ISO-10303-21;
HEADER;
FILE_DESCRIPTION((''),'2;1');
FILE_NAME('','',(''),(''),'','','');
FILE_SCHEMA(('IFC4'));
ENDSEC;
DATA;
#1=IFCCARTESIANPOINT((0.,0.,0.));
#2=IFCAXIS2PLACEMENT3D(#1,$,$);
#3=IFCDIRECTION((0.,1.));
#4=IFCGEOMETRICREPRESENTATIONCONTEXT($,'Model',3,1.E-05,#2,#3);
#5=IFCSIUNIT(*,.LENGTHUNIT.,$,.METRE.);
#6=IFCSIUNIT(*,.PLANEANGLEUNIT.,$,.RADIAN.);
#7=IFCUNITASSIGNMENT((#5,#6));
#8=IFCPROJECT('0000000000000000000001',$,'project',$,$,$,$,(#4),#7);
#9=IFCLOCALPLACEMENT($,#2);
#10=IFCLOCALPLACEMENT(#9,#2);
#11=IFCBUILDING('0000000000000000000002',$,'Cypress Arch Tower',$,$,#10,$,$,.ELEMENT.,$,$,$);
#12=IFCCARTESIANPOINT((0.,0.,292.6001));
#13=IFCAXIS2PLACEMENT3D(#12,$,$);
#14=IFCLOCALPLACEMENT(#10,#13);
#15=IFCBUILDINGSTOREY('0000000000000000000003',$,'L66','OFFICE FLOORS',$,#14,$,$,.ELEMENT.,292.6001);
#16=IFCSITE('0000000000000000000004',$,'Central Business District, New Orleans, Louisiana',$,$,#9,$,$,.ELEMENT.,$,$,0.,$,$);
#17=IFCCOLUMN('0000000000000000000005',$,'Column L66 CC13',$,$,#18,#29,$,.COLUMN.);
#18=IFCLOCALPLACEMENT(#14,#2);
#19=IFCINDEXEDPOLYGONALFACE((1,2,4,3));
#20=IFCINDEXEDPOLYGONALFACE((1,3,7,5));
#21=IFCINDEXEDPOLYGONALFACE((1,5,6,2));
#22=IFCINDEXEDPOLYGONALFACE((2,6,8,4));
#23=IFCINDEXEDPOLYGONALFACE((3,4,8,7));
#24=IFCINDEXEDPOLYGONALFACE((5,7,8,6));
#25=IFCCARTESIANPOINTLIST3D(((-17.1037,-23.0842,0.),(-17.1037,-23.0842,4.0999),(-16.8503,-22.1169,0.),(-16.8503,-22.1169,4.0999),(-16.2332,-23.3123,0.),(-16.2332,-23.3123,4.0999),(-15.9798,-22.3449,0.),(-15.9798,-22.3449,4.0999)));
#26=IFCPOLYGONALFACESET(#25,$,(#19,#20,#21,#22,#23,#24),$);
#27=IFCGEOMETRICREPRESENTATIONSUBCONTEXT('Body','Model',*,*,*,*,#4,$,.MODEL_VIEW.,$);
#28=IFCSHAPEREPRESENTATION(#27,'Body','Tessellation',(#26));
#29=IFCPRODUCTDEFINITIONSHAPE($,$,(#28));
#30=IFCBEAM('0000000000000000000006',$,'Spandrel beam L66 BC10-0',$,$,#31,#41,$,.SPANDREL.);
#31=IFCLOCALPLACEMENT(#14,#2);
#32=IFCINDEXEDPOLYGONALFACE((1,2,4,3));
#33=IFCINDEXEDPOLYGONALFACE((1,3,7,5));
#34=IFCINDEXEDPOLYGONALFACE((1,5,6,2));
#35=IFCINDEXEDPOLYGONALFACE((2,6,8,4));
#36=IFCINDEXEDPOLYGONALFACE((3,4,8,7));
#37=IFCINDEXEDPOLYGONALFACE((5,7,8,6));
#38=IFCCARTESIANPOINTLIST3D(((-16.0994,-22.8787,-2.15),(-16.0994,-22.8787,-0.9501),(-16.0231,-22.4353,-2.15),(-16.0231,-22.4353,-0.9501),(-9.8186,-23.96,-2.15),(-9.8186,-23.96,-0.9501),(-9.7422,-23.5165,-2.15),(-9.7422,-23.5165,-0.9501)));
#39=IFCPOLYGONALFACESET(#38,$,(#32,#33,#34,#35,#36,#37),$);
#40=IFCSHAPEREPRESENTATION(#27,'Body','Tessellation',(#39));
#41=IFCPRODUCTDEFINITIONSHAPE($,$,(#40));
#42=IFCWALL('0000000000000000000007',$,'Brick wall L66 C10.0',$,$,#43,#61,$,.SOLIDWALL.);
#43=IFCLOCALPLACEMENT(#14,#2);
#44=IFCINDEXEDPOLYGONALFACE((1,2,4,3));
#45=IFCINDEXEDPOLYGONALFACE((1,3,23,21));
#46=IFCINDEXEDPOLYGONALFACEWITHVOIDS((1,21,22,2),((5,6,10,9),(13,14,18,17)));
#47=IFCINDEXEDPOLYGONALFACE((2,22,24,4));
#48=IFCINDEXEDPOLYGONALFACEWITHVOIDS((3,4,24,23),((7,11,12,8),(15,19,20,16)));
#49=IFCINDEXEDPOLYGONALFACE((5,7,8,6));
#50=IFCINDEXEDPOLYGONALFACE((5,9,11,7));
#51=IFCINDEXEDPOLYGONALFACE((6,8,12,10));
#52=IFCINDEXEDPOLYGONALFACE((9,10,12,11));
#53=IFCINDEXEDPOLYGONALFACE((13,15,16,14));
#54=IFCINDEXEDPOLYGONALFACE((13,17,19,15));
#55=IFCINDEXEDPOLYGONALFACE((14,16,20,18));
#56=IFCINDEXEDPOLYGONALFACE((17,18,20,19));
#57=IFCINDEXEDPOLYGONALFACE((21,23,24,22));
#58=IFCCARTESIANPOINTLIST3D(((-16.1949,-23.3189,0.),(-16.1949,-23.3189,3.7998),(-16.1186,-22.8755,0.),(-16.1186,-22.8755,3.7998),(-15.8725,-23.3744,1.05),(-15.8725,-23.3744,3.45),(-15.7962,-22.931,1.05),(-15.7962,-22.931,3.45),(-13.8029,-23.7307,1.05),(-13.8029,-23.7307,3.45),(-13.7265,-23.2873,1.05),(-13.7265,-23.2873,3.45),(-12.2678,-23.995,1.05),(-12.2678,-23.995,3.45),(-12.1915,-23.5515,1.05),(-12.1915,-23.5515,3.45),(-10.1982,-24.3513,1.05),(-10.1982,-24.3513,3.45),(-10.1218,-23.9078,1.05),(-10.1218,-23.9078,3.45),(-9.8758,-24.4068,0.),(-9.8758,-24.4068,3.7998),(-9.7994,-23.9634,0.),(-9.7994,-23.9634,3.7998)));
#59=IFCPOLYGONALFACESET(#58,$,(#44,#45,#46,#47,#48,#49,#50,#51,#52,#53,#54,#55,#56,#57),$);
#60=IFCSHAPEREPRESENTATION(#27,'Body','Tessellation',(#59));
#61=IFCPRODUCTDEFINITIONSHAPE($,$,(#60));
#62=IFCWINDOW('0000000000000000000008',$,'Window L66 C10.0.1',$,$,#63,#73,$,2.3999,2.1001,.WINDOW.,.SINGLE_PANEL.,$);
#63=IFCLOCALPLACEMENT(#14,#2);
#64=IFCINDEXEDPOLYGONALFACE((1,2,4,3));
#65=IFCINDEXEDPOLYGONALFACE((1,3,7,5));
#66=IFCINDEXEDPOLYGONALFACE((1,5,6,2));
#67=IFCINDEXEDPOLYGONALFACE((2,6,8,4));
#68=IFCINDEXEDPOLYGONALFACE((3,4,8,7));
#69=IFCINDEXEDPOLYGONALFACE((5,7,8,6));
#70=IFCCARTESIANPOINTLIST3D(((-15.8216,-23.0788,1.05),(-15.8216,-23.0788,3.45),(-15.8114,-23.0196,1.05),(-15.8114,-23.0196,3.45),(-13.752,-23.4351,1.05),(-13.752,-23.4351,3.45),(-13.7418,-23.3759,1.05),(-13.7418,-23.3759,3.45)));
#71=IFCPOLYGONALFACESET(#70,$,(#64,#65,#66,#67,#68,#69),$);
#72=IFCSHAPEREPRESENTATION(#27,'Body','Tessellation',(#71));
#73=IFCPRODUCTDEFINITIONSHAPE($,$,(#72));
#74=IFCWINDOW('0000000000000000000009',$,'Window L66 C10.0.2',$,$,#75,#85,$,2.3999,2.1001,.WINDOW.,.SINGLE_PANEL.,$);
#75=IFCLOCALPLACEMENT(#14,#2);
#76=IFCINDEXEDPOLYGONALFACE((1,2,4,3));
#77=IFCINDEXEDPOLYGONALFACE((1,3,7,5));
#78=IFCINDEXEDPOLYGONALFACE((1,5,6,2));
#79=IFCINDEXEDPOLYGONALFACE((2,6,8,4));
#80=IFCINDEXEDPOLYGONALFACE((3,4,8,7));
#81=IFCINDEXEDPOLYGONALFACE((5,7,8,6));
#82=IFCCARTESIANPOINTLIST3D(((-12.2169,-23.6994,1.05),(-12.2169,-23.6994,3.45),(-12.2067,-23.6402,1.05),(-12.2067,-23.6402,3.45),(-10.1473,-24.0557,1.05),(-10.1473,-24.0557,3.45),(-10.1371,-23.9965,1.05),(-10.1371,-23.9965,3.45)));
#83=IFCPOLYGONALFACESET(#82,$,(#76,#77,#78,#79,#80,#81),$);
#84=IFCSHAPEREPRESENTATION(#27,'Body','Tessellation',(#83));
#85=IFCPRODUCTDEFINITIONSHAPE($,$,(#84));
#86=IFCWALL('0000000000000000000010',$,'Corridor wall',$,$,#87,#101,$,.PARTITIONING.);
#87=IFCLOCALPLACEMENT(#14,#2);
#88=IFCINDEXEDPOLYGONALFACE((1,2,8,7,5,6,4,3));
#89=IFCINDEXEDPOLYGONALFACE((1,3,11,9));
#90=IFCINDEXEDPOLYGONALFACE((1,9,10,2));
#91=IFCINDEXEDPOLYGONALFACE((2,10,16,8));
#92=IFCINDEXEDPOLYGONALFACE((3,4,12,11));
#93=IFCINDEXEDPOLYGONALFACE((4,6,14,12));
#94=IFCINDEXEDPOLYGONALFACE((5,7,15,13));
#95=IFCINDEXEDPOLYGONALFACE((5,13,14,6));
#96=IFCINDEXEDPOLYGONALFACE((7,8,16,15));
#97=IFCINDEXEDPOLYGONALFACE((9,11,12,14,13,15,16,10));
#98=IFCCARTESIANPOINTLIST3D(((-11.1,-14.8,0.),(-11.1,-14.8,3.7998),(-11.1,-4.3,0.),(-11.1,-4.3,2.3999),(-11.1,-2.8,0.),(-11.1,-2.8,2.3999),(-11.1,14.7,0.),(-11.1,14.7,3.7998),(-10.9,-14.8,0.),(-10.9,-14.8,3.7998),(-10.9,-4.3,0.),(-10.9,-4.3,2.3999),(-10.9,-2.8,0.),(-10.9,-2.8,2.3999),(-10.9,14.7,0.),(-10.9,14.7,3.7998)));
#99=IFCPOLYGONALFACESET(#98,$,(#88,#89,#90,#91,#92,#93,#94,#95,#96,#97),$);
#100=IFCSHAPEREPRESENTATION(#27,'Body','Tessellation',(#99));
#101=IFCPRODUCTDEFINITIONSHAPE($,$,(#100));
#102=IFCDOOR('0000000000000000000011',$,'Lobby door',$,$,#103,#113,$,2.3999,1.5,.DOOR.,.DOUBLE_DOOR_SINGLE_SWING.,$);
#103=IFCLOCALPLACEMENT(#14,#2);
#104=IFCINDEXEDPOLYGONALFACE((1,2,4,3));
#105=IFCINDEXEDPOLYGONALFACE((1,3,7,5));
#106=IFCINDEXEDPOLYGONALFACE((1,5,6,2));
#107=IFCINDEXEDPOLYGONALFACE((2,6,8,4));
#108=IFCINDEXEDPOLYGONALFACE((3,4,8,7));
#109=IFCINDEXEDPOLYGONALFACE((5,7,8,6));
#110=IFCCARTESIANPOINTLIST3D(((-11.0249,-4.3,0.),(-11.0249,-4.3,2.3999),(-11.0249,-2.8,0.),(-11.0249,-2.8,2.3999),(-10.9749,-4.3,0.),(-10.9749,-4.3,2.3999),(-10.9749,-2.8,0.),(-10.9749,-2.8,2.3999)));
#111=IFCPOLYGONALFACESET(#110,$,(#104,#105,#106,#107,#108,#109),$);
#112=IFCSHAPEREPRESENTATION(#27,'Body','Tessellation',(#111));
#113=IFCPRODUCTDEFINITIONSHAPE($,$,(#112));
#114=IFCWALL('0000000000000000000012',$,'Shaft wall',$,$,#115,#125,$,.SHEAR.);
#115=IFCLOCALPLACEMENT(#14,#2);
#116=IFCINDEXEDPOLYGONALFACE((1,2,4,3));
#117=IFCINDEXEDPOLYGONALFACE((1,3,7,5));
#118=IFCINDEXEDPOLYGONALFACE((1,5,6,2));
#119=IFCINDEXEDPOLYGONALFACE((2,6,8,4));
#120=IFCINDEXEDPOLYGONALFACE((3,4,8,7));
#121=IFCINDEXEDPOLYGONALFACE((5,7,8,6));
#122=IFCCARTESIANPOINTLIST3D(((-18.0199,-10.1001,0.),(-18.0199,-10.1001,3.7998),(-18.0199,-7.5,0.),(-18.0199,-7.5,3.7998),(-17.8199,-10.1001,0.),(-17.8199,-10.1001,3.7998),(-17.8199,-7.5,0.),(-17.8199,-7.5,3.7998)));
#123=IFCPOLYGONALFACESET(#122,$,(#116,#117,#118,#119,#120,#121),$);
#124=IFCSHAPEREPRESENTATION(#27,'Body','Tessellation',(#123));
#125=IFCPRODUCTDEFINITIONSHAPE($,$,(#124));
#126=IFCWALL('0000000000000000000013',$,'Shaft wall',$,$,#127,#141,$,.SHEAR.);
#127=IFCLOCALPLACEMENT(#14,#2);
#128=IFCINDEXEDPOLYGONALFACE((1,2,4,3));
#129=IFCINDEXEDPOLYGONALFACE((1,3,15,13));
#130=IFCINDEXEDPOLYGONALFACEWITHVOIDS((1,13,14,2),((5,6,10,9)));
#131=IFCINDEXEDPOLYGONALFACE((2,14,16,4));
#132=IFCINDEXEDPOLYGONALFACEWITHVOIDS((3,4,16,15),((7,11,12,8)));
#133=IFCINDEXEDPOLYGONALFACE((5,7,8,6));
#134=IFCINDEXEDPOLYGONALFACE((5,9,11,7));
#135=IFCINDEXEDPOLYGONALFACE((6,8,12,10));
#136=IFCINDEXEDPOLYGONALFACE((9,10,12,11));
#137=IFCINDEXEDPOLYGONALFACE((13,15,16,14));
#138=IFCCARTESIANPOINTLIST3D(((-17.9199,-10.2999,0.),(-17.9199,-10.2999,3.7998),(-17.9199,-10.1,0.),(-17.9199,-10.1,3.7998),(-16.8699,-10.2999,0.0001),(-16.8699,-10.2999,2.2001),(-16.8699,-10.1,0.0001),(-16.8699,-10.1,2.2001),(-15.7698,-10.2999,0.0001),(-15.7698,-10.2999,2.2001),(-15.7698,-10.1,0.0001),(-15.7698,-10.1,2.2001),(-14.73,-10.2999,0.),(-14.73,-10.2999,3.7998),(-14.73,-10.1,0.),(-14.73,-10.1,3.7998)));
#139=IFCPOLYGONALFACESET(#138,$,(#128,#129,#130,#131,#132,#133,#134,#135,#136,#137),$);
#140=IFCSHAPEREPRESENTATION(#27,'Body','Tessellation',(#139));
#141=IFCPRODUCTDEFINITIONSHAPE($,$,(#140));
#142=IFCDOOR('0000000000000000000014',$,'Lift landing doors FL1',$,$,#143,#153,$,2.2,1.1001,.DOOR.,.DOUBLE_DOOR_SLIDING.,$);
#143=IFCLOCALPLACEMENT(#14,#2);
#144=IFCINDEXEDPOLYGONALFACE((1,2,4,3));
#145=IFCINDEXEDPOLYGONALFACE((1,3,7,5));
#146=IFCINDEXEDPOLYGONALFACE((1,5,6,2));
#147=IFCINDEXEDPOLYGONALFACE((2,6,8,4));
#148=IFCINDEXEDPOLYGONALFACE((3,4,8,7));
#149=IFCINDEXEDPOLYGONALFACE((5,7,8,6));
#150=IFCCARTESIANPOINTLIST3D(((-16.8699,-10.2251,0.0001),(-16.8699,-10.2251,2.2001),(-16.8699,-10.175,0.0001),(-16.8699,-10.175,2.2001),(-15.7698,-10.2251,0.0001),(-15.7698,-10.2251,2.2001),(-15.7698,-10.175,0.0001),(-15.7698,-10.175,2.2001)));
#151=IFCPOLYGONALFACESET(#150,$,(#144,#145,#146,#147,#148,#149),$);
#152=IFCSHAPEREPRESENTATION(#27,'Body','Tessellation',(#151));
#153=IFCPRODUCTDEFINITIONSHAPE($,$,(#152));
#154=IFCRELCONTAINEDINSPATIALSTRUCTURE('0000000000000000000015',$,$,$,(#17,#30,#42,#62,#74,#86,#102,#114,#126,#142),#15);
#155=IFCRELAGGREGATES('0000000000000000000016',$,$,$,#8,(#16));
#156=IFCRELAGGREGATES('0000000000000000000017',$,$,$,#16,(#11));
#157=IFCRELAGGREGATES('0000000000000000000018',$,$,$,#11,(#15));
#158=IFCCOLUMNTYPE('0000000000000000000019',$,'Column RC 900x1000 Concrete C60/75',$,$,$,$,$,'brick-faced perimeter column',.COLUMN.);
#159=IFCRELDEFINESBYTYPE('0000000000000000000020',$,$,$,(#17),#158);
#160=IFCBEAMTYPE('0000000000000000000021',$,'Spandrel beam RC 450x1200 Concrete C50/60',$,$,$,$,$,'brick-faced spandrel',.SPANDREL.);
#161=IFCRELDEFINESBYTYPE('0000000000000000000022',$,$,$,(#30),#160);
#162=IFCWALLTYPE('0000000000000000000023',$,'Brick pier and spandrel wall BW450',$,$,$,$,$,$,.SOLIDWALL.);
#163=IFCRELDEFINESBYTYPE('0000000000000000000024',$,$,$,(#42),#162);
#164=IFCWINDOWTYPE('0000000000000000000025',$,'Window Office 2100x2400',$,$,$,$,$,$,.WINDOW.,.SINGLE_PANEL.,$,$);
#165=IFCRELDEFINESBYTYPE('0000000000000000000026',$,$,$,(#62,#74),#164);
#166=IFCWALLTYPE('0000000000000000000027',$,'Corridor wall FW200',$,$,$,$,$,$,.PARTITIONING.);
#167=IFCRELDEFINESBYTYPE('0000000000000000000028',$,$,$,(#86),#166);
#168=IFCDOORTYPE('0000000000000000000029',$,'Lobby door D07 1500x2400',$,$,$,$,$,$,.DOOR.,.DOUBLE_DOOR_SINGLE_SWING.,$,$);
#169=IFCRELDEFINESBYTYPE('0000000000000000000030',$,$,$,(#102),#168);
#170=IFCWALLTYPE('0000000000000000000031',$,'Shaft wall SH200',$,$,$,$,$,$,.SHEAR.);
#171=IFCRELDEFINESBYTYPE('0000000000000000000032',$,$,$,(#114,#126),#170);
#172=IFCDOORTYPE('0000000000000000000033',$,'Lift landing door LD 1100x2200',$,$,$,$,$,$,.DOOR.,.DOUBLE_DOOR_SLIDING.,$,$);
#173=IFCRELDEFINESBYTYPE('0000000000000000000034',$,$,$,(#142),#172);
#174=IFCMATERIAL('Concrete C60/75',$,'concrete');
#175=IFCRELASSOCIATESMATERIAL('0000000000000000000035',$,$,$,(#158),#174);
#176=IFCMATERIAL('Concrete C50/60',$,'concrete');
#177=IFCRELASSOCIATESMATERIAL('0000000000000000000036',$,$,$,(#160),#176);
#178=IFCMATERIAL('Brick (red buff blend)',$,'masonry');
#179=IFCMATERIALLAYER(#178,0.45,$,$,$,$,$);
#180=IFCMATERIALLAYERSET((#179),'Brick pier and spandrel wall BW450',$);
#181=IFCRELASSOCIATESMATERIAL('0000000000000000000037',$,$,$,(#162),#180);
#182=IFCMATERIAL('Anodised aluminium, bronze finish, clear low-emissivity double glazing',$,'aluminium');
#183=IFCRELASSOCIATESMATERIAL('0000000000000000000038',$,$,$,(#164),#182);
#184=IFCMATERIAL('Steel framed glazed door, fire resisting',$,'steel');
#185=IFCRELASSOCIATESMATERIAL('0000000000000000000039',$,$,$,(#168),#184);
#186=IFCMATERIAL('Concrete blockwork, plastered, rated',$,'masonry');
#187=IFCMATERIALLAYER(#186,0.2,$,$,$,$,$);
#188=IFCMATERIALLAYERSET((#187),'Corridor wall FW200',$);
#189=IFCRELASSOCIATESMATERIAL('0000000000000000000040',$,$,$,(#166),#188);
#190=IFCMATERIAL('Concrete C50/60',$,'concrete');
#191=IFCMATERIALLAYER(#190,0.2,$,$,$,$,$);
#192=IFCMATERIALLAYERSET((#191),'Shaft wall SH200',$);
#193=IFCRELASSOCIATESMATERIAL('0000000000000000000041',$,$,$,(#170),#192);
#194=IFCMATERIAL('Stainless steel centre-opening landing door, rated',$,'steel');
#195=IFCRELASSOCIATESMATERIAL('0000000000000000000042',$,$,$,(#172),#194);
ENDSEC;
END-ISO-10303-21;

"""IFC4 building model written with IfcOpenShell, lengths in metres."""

from ifc_helpers import new_model, si_unit, direction, frame, frame_2d, origin, origin_2d, place, context, subcontext, project, spatial, rectangle, extrude, material, layer, layer_set, material_profile, profile_set, type_object, element, fill, save


model = new_model("IFC4")

# Units and contexts
model_context = context("Model", 3, precision=1e-05, world=origin(), true_north=direction((0.0, 1.0)))
body_context = subcontext(model_context, "Body", "Model", "MODEL_VIEW")
ifc_project = project(units=[si_unit("LENGTHUNIT", "METRE"), si_unit("PLANEANGLEUNIT", "RADIAN")], contexts=[model_context])

# Site, building, storey
site_placement = place(None, origin())
site = spatial("IfcSite", under=ifc_project, at=site_placement, Name="Central Business District, New Orleans, Louisiana", CompositionType="ELEMENT", RefElevation=0.0)
building_placement = place(site_placement, origin())
building = spatial("IfcBuilding", under=site, at=building_placement, Name="Cypress Arch Tower", CompositionType="ELEMENT")
storey_placement = place(building_placement, frame((0.0, 0.0, 292.6001)))
storey = spatial("IfcBuildingStorey", under=building, at=storey_placement, Name="L66", Description="OFFICE FLOORS", CompositionType="ELEMENT", Elevation=292.6001)

# Column
ifc_material_1 = material(Name="Concrete C60/75", Category="concrete")
ifc_material_profile_1 = material_profile(ifc_material_1, rectangle(XDim=0.8999, YDim=1.0, at=origin_2d()), Name="RC 900x1000")
ifc_profile_set_1 = profile_set([ifc_material_profile_1], Name="Concrete C60/75")
column_type = type_object("IfcColumnType", Name="Column RC 900x1000 Concrete C60/75", ElementType="brick-faced perimeter column", PredefinedType="COLUMN", material=ifc_profile_set_1)
column_placement = place(storey_placement, frame((-16.5417, -22.7146, 0.0), z_axis=(0.0, 0.0, 1.0), x_axis=(0.967356, -0.253422, 0.0)))
element("IfcColumn", 1, at=column_placement, inside=storey, type_object=column_type, Name="Column L66 CC13", PredefinedType="COLUMN", context=body_context, shape_type="SweptSolid", body=[
    extrude(rectangle(XDim=0.8999, YDim=1.0, at=origin_2d()), origin(), (0.0, 0.0, 1.0), 4.0999),
])

# Beam
ifc_material_2 = material(Name="Concrete C50/60", Category="concrete")
ifc_material_profile_2 = material_profile(ifc_material_2, rectangle(XDim=0.45, YDim=1.2, at=origin_2d()), Name="RC 450x1200")
ifc_profile_set_2 = profile_set([ifc_material_profile_2], Name="Concrete C50/60")
beam_type = type_object("IfcBeamType", Name="Spandrel beam RC 450x1200 Concrete C50/60", ElementType="brick-faced spandrel", PredefinedType="SPANDREL", material=ifc_profile_set_2)
beam_placement = place(storey_placement, frame((-16.0613, -22.657, -1.55), z_axis=(0.985503, -0.169658, 0.0), x_axis=(0.169658, 0.985503, 0.0)))
element("IfcBeam", 2, at=beam_placement, inside=storey, type_object=beam_type, Name="Spandrel beam L66 BC10-0", PredefinedType="SPANDREL", context=body_context, shape_type="SweptSolid", body=[
    extrude(rectangle(XDim=0.45, YDim=1.2, at=origin_2d()), origin(), (0.0, 0.0, 1.0), 6.3733),
])

# Wall, openings, windows
ifc_material_3 = material(Name="Brick (red buff blend)", Category="masonry")
ifc_layer_1 = layer(ifc_material_3, 0.45)
ifc_layer_set_1 = layer_set([ifc_layer_1], Name="Brick pier and spandrel wall BW450")
wall_type_1 = type_object("IfcWallType", Name="Brick pier and spandrel wall BW450", PredefinedType="SOLIDWALL", material=ifc_layer_set_1)
wall_1_placement = place(storey_placement, frame((-16.1567, -23.0972, 0.0), z_axis=(0.0, 0.0, 1.0), x_axis=(0.985502, -0.169663, 0.0)))
wall_1 = element("IfcWall", 3, at=wall_1_placement, inside=storey, type_object=wall_type_1, Name="Brick wall L66 C10.0", PredefinedType="SOLIDWALL", context=body_context, shape_type="SweptSolid", body=[
    extrude(rectangle(XDim=6.4121, YDim=0.45, at=frame_2d((3.2061, 0.0))), origin(), (0.0, 0.0, 1.0), 3.7998),
])
opening_1_placement = place(wall_1_placement, frame((0.3271, 0.0, 1.05)))
opening_1 = element("IfcOpeningElement", 4, at=opening_1_placement, cuts=wall_1, PredefinedType="OPENING", context=body_context, shape_type="SweptSolid", body=[
    extrude(rectangle(XDim=2.1001, YDim=2.3999, at=frame_2d((1.05, 1.2))), frame((0.0, 0.2349, 0.0), z_axis=(0.0, -1.0, 0.0), x_axis=(1.0, 0.0, 0.0)), (0.0, 0.0, 1.0), 0.47),
])
opening_2_placement = place(wall_1_placement, frame((3.9849, 0.0, 1.05)))
opening_2 = element("IfcOpeningElement", 5, at=opening_2_placement, cuts=wall_1, PredefinedType="OPENING", context=body_context, shape_type="SweptSolid", body=[
    extrude(rectangle(XDim=2.1001, YDim=2.3999, at=frame_2d((1.05, 1.2))), frame((0.0, 0.2349, 0.0), z_axis=(0.0, -1.0, 0.0), x_axis=(1.0, 0.0, 0.0)), (0.0, 0.0, 1.0), 0.47),
])
ifc_material_4 = material(Name="Anodised aluminium, bronze finish, clear low-emissivity double glazing", Category="aluminium")
window_type = type_object("IfcWindowType", Name="Window Office 2100x2400", PartitioningType="SINGLE_PANEL", PredefinedType="WINDOW", material=ifc_material_4)
window_1_placement = place(opening_1_placement, origin())
window_1 = element("IfcWindow", 6, at=window_1_placement, inside=storey, type_object=window_type, Name="Window L66 C10.0.1", OverallHeight=2.3999, OverallWidth=2.1001, PartitioningType="SINGLE_PANEL", PredefinedType="WINDOW", context=body_context, shape_type="SweptSolid", body=[
    extrude(rectangle(XDim=2.1001, YDim=2.3999, at=frame_2d((1.05, 1.2))), frame((0.0, 0.135, 0.0), z_axis=(0.0, -1.0, 0.0), x_axis=(1.0, 0.0, 0.0)), (0.0, 0.0, 1.0), 0.0601),
])
fill(opening_1, window_1)
window_2_placement = place(opening_2_placement, origin())
window_2 = element("IfcWindow", 7, at=window_2_placement, inside=storey, type_object=window_type, Name="Window L66 C10.0.2", OverallHeight=2.3999, OverallWidth=2.1001, PartitioningType="SINGLE_PANEL", PredefinedType="WINDOW", context=body_context, shape_type="SweptSolid", body=[
    extrude(rectangle(XDim=2.1001, YDim=2.3999, at=frame_2d((1.05, 1.2))), frame((0.0, 0.135, 0.0), z_axis=(0.0, -1.0, 0.0), x_axis=(1.0, 0.0, 0.0)), (0.0, 0.0, 1.0), 0.0601),
])
fill(opening_2, window_2)

# Shared definitions
ifc_material_5 = material(Name="Steel framed glazed door, fire resisting", Category="steel")
door_type_1 = type_object("IfcDoorType", Name="Lobby door D07 1500x2400", OperationType="DOUBLE_DOOR_SINGLE_SWING", PredefinedType="DOOR", material=ifc_material_5)

# Shared definitions
ifc_material_6 = material(Name="Concrete blockwork, plastered, rated", Category="masonry")
ifc_layer_2 = layer(ifc_material_6, 0.2)
ifc_layer_set_2 = layer_set([ifc_layer_2], Name="Corridor wall FW200")
wall_type_2 = type_object("IfcWallType", Name="Corridor wall FW200", PredefinedType="PARTITIONING", material=ifc_layer_set_2)

# Wall, opening, door
wall_2_placement = place(storey_placement, frame((-11.0, -14.8, 0.0), z_axis=(0.0, 0.0, 1.0), x_axis=(0.0, 1.0, 0.0)))
wall_2 = element("IfcWall", 8, at=wall_2_placement, inside=storey, type_object=wall_type_2, Name="Corridor wall", PredefinedType="PARTITIONING", context=body_context, shape_type="SweptSolid", body=[
    extrude(rectangle(XDim=29.5, YDim=0.2, at=frame_2d((14.75, 0.0))), origin(), (0.0, 0.0, 1.0), 3.7998),
])
opening_3_placement = place(wall_2_placement, frame((10.5, 0.0, 0.0)))
opening_3 = element("IfcOpeningElement", 9, at=opening_3_placement, cuts=wall_2, PredefinedType="OPENING", context=body_context, shape_type="SweptSolid", body=[
    extrude(rectangle(XDim=1.5, YDim=2.3999, at=frame_2d((0.75, 1.2))), frame((0.0, 0.1099, 0.0), z_axis=(0.0, -1.0, 0.0), x_axis=(1.0, 0.0, 0.0)), (0.0, 0.0, 1.0), 0.22),
])
door_1_placement = place(opening_3_placement, origin())
door_1 = element("IfcDoor", 10, at=door_1_placement, inside=storey, type_object=door_type_1, Name="Lobby door", OperationType="DOUBLE_DOOR_SINGLE_SWING", OverallHeight=2.3999, OverallWidth=1.5, PredefinedType="DOOR", context=body_context, shape_type="SweptSolid", body=[
    extrude(rectangle(XDim=1.5, YDim=2.3999, at=frame_2d((0.75, 1.2))), frame((0.0, 0.0249, 0.0), z_axis=(0.0, -1.0, 0.0), x_axis=(1.0, 0.0, 0.0)), (0.0, 0.0, 1.0), 0.05),
])
fill(opening_3, door_1)

# Wall
ifc_material_7 = material(Name="Concrete C50/60", Category="concrete")
ifc_layer_3 = layer(ifc_material_7, 0.2)
ifc_layer_set_3 = layer_set([ifc_layer_3], Name="Shaft wall SH200")
wall_type_3 = type_object("IfcWallType", Name="Shaft wall SH200", PredefinedType="SHEAR", material=ifc_layer_set_3)
wall_3_placement = place(storey_placement, frame((-17.9199, -10.1001, 0.0), z_axis=(0.0, 0.0, 1.0), x_axis=(0.0, 1.0, 0.0)))
element("IfcWall", 11, at=wall_3_placement, inside=storey, type_object=wall_type_3, Name="Shaft wall", PredefinedType="SHEAR", context=body_context, shape_type="SweptSolid", body=[
    extrude(rectangle(XDim=2.6001, YDim=0.2, at=frame_2d((1.3, 0.0))), origin(), (0.0, 0.0, 1.0), 3.7998),
])

# Wall, opening, door
wall_4_placement = place(storey_placement, frame((-17.9199, -10.2, 0.0), z_axis=(0.0, 0.0, 1.0), x_axis=(1.0, 0.0, 0.0)))
wall_4 = element("IfcWall", 12, at=wall_4_placement, inside=storey, type_object=wall_type_3, Name="Shaft wall", PredefinedType="SHEAR", context=body_context, shape_type="SweptSolid", body=[
    extrude(rectangle(XDim=3.1899, YDim=0.2, at=frame_2d((1.595, 0.0))), origin(), (0.0, 0.0, 1.0), 3.7998),
])
opening_4_placement = place(wall_4_placement, frame((1.05, 0.0, 0.0)))
opening_4 = element("IfcOpeningElement", 13, at=opening_4_placement, cuts=wall_4, PredefinedType="OPENING", context=body_context, shape_type="SweptSolid", body=[
    extrude(rectangle(XDim=1.1001, YDim=2.2, at=frame_2d((0.55, 1.1001))), frame((0.0, 0.1099, 0.0), z_axis=(0.0, -1.0, 0.0), x_axis=(1.0, 0.0, 0.0)), (0.0, 0.0, 1.0), 0.22),
])
ifc_material_8 = material(Name="Stainless steel centre-opening landing door, rated", Category="steel")
door_type_2 = type_object("IfcDoorType", Name="Lift landing door LD 1100x2200", OperationType="DOUBLE_DOOR_SLIDING", PredefinedType="DOOR", material=ifc_material_8)
door_2_placement = place(opening_4_placement, origin())
door_2 = element("IfcDoor", 14, at=door_2_placement, inside=storey, type_object=door_type_2, Name="Lift landing doors FL1", OperationType="DOUBLE_DOOR_SLIDING", OverallHeight=2.2, OverallWidth=1.1001, PredefinedType="DOOR", context=body_context, shape_type="SweptSolid", body=[
    extrude(rectangle(XDim=1.1001, YDim=2.2, at=frame_2d((0.55, 1.1001))), frame((0.0, 0.0249, 0.0), z_axis=(0.0, -1.0, 0.0), x_axis=(1.0, 0.0, 0.0)), (0.0, 0.0, 1.0), 0.05),
])
fill(opening_4, door_2)

save(model, "model.ifc")
